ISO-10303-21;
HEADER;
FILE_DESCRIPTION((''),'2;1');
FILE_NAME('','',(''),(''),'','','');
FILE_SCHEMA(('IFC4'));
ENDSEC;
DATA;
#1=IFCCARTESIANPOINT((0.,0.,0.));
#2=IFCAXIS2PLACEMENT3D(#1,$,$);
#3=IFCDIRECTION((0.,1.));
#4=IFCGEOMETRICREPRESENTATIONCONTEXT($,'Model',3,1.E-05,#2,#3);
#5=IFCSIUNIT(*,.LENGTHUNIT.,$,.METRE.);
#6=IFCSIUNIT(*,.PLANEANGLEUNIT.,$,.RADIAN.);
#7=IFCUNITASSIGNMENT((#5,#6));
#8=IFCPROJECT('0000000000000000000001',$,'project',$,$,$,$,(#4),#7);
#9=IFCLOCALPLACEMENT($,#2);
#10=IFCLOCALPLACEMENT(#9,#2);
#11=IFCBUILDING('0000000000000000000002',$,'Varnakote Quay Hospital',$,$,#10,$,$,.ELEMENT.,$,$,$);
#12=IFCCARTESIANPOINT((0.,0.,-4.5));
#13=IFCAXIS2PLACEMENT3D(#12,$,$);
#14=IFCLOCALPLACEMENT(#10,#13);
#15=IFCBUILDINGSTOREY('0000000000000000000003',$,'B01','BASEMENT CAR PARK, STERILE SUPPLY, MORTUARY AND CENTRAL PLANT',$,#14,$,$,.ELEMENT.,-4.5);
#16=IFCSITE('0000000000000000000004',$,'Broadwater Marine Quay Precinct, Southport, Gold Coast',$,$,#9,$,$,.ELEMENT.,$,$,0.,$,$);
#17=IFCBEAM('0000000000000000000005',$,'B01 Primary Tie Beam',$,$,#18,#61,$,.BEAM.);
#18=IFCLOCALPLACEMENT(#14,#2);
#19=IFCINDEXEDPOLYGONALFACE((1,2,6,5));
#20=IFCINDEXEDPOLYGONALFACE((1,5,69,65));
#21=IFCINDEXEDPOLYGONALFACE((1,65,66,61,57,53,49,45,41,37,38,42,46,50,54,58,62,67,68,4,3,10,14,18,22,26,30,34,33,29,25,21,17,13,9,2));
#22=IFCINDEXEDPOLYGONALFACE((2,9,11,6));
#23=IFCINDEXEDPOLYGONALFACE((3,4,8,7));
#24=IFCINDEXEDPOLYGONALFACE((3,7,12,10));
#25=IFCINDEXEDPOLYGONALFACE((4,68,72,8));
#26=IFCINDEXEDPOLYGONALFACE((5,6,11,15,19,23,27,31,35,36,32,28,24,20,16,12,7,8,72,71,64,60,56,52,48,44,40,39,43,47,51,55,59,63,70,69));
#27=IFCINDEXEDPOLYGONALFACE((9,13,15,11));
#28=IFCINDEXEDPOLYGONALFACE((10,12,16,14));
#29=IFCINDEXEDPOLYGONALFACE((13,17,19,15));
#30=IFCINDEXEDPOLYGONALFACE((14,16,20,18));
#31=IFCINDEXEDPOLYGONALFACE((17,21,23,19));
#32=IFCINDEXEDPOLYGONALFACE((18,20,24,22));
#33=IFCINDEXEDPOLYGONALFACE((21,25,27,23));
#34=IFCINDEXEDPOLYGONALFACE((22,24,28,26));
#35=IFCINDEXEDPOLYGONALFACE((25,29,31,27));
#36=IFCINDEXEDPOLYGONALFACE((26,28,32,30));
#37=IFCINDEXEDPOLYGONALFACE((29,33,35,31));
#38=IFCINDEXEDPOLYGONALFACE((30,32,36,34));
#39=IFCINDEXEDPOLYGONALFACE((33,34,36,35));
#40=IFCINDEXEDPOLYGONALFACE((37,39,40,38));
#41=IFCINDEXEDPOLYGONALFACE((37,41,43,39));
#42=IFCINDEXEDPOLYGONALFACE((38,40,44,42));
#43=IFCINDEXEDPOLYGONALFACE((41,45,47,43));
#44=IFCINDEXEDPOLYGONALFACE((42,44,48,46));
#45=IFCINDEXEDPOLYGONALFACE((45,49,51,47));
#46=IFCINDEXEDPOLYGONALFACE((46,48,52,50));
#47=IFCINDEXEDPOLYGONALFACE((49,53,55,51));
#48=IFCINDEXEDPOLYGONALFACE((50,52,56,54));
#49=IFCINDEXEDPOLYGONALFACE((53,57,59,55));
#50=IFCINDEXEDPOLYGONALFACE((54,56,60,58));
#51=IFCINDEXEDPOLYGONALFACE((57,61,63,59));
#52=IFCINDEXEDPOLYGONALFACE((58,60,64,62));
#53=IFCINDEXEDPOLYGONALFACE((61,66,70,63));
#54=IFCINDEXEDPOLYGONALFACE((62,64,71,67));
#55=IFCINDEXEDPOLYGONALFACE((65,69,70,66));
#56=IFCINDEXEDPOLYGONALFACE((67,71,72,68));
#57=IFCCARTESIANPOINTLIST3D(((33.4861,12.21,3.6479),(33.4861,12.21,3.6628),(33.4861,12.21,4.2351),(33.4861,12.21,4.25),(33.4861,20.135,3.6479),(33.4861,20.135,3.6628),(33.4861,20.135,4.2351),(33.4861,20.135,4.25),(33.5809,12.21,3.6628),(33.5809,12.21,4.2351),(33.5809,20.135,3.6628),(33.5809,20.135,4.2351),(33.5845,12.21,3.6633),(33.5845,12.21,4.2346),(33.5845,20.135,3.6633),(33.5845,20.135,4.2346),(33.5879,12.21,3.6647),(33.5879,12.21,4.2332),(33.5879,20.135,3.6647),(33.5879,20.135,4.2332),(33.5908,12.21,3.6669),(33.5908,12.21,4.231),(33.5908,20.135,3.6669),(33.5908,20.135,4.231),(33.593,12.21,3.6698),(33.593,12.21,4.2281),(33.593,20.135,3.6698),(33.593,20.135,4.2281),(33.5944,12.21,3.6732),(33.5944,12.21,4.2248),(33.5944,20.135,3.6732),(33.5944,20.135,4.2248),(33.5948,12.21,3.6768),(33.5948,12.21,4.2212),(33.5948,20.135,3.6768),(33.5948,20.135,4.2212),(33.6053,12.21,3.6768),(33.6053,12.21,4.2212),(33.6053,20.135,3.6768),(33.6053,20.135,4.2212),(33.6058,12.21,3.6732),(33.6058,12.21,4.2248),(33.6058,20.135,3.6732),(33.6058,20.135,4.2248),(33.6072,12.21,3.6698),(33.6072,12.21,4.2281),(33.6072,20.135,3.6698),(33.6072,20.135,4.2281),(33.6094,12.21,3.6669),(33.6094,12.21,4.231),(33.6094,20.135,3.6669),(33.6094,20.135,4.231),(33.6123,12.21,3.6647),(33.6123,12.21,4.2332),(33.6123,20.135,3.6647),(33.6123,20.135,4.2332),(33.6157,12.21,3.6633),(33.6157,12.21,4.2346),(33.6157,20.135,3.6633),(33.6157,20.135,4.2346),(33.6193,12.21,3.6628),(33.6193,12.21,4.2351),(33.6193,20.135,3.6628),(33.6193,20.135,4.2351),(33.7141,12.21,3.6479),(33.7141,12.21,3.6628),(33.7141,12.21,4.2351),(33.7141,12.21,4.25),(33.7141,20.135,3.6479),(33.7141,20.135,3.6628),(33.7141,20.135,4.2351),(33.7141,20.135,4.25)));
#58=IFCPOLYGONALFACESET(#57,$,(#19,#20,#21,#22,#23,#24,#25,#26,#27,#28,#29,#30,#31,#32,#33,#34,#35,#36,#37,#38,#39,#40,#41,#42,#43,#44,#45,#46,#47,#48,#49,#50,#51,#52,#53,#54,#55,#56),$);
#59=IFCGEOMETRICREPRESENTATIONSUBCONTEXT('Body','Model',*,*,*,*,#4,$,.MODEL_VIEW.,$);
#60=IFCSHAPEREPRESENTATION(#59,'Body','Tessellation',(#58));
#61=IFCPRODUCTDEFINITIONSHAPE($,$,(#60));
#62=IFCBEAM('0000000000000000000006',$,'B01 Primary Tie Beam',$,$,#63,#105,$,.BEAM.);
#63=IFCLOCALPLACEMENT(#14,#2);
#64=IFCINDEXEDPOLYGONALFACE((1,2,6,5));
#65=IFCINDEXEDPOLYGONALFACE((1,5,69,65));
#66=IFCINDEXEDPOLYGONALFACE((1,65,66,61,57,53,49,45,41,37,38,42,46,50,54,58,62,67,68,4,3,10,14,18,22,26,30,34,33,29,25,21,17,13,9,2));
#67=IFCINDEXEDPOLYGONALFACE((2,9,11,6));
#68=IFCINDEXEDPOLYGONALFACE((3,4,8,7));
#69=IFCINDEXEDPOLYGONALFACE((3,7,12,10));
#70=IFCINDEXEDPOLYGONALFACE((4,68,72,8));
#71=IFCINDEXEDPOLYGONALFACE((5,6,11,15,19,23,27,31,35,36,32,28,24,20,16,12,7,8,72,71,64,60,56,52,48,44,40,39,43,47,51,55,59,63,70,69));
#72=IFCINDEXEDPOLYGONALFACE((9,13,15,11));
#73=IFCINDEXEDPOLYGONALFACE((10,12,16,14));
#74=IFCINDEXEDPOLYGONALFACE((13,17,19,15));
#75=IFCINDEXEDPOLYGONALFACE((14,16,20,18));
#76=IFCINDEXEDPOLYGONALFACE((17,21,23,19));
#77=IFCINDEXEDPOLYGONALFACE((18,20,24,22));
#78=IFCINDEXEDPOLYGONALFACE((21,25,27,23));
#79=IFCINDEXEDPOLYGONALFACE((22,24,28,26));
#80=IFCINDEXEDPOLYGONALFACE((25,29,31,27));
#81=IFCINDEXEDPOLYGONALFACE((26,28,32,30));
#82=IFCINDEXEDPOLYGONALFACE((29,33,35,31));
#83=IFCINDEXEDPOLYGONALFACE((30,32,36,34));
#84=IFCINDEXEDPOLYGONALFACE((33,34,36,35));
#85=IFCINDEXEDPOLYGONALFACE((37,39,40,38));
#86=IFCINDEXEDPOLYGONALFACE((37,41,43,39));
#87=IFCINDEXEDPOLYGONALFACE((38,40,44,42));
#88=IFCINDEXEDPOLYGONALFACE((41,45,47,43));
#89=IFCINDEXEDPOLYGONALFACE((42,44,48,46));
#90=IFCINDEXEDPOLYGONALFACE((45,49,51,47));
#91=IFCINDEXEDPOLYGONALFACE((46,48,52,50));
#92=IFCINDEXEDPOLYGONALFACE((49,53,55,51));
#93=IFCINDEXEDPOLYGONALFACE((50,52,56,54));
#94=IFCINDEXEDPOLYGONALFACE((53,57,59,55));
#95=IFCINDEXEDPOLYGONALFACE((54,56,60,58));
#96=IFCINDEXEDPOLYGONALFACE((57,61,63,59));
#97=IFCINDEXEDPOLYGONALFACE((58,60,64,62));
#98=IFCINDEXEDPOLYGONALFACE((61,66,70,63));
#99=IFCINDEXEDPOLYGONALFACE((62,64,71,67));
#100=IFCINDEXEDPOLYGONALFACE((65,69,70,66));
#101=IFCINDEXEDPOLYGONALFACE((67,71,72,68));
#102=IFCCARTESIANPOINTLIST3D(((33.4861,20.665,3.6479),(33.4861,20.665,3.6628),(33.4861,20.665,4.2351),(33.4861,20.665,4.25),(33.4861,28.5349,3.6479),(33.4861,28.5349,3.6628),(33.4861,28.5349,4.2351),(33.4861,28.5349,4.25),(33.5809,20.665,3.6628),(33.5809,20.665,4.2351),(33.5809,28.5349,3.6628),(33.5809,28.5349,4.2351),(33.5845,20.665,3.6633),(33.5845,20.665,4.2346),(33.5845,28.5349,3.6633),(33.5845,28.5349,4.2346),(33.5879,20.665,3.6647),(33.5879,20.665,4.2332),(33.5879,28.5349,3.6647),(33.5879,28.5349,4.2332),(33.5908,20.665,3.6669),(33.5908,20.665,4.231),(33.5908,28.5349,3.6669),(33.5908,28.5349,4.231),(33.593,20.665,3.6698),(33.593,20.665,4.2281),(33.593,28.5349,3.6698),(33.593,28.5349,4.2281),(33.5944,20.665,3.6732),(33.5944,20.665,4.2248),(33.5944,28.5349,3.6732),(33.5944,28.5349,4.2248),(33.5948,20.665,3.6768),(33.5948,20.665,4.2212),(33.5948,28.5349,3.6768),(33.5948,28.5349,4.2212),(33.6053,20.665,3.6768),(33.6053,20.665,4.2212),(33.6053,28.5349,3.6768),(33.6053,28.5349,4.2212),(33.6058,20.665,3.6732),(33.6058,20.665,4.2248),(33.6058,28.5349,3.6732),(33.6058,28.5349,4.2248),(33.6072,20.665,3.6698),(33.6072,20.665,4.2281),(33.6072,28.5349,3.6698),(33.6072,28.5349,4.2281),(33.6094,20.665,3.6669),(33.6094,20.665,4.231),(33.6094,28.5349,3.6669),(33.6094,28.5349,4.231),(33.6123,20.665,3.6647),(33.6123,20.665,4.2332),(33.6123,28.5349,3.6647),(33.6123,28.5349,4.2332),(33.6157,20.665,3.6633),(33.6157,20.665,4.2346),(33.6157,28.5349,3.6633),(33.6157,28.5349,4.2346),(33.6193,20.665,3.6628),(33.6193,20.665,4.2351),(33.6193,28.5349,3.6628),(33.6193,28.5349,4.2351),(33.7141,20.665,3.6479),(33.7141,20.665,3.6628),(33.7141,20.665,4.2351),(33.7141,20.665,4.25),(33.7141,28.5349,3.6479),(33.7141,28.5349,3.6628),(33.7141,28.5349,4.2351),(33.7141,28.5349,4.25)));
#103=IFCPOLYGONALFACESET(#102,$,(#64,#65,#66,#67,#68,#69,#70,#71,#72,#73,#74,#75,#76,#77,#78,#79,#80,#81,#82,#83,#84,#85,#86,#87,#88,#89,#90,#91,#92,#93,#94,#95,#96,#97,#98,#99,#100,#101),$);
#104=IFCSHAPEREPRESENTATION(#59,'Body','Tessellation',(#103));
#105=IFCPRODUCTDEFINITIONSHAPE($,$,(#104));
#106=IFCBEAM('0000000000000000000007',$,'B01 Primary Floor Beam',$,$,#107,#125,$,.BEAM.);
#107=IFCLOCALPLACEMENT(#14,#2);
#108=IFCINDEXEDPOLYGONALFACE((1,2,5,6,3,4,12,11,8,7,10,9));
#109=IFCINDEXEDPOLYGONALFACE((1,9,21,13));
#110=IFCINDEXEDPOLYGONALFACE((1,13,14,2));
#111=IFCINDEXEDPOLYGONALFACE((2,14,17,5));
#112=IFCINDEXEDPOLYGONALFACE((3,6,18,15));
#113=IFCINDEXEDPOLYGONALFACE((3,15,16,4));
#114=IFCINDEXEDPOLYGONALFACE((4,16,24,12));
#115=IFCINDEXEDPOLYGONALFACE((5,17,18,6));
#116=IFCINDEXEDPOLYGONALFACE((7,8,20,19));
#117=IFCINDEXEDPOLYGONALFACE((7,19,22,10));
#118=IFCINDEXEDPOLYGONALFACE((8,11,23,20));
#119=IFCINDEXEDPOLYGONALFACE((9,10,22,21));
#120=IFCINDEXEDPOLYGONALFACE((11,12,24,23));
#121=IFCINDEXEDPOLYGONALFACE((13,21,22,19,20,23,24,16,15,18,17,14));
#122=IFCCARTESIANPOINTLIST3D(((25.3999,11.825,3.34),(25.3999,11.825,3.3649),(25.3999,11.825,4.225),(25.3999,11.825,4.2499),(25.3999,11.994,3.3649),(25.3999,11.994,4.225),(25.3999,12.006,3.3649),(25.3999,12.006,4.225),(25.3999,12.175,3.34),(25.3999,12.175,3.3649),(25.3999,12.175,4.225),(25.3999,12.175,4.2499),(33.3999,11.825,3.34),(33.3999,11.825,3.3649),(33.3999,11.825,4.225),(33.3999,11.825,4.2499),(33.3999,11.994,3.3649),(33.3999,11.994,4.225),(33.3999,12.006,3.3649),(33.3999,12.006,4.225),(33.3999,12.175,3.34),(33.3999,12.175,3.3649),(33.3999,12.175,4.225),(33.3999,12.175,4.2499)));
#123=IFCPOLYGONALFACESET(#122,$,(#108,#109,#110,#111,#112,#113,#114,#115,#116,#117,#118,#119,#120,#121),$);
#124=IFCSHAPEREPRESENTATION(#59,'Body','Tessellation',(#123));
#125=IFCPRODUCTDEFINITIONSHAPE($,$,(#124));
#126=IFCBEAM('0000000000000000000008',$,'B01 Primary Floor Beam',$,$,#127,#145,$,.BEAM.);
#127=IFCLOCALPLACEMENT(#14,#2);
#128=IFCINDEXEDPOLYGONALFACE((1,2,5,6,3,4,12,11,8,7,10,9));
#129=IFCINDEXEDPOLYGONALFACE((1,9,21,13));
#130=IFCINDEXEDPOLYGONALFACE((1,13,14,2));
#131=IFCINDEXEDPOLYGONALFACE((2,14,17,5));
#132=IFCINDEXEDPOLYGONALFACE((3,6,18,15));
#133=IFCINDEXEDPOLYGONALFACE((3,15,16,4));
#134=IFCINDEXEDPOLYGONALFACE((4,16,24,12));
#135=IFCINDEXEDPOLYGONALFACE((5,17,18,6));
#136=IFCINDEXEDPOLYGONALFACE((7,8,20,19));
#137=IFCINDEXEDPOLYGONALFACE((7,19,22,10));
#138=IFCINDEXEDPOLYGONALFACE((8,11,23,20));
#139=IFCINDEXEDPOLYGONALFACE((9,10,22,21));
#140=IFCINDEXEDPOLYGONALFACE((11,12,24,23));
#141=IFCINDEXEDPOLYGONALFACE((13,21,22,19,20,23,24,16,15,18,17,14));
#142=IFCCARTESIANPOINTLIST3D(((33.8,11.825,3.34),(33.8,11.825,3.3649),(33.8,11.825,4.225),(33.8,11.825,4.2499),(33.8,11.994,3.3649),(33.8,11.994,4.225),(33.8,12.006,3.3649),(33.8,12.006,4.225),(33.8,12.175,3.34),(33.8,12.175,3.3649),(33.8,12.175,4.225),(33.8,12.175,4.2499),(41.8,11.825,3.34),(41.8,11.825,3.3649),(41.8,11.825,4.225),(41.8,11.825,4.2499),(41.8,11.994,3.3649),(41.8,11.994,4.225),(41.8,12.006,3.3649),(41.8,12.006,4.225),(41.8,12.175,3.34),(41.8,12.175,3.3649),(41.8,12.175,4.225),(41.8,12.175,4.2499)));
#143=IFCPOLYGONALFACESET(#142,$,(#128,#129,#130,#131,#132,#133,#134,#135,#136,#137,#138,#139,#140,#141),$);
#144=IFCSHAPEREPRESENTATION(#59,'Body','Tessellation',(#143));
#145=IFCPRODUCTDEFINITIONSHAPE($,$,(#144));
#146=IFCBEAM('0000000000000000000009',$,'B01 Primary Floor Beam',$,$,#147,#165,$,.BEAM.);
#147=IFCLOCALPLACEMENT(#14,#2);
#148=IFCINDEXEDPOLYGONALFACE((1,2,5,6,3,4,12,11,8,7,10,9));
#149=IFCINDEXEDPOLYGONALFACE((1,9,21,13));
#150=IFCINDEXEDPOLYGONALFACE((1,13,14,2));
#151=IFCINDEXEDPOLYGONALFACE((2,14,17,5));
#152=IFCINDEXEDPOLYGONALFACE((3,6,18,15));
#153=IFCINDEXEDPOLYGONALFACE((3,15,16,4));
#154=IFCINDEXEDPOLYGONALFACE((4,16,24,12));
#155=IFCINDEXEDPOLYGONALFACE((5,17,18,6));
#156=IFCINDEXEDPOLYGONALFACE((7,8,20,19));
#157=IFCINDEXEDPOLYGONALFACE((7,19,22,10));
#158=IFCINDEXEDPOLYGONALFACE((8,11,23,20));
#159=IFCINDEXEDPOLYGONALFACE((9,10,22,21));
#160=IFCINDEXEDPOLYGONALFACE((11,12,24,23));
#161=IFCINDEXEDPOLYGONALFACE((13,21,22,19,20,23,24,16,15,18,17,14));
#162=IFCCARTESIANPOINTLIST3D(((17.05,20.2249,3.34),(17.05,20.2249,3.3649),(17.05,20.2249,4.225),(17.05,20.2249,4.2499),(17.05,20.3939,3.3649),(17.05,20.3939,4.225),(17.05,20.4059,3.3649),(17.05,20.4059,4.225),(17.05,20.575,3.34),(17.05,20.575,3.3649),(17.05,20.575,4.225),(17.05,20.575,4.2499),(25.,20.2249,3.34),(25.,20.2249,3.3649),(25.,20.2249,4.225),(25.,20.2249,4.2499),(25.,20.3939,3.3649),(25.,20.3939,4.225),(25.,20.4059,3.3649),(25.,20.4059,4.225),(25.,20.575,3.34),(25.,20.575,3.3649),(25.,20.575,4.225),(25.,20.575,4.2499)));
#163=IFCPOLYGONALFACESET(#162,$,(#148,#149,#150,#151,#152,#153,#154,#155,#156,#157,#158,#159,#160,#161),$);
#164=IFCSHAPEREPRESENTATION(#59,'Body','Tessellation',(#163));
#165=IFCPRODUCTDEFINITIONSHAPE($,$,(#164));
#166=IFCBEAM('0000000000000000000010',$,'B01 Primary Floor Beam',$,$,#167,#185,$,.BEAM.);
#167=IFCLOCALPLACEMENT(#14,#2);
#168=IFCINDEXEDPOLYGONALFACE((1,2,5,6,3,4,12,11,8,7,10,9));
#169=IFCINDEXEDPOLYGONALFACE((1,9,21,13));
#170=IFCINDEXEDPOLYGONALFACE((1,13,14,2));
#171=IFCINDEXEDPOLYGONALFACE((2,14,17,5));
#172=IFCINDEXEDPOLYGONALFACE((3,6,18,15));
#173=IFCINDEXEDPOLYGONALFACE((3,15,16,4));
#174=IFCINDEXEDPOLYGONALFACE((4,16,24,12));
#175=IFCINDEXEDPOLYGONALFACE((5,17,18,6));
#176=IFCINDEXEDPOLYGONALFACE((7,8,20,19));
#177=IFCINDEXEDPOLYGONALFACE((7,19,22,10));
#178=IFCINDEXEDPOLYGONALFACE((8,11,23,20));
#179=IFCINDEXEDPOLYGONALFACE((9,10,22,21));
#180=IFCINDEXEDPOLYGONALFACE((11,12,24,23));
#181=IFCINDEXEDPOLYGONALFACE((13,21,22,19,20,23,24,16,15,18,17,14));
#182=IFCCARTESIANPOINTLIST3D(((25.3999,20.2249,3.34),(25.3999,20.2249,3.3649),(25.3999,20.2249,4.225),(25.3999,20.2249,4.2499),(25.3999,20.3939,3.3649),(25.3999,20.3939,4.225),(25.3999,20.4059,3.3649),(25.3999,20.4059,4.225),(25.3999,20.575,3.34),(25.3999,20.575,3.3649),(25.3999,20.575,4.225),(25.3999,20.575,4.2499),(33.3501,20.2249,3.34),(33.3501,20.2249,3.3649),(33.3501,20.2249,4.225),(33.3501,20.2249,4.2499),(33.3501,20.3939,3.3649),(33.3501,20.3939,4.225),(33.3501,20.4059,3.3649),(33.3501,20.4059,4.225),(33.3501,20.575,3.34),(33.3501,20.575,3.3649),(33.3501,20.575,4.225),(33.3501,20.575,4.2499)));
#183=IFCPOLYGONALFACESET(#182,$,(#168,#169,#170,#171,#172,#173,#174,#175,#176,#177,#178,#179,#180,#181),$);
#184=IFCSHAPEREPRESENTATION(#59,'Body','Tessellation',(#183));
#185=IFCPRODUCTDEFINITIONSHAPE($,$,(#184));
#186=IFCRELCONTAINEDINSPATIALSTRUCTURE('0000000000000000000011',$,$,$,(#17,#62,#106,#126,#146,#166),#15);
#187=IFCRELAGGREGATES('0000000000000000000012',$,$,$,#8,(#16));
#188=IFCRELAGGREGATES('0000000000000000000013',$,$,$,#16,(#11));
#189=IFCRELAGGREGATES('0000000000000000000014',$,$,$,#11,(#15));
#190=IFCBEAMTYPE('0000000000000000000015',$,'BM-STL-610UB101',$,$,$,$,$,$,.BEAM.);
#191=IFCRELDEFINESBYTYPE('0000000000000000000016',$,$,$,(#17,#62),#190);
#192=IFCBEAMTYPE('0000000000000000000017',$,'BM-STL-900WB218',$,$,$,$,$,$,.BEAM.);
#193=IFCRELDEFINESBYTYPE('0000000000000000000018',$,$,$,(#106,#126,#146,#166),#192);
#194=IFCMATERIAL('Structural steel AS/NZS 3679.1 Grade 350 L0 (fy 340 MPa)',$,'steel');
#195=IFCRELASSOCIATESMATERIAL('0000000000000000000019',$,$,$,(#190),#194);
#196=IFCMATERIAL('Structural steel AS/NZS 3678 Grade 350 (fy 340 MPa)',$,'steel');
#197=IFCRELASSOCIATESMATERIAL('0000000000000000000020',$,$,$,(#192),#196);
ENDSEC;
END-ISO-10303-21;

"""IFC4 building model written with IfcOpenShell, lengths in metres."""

from ifc_helpers import new_model, si_unit, direction, frame, origin, origin_2d, place, context, subcontext, project, spatial, i_section, extrude, material, material_profile, profile_set, type_object, element, save


model = new_model("IFC4")

# Units and contexts
model_context = context("Model", 3, precision=1e-05, world=origin(), true_north=direction((0.0, 1.0)))
body_context = subcontext(model_context, "Body", "Model", "MODEL_VIEW")
ifc_project = project(units=[si_unit("LENGTHUNIT", "METRE"), si_unit("PLANEANGLEUNIT", "RADIAN")], contexts=[model_context])

# Site, building, storey
site_placement = place(None, origin())
site = spatial("IfcSite", under=ifc_project, at=site_placement, Name="Broadwater Marine Quay Precinct, Southport, Gold Coast", CompositionType="ELEMENT", RefElevation=0.0)
building_placement = place(site_placement, origin())
building = spatial("IfcBuilding", under=site, at=building_placement, Name="Varnakote Quay Hospital", CompositionType="ELEMENT")
storey_placement = place(building_placement, frame((0.0, 0.0, -4.5)))
storey = spatial("IfcBuildingStorey", under=building, at=storey_placement, Name="B01", Description="BASEMENT CAR PARK, STERILE SUPPLY, MORTUARY AND CENTRAL PLANT", CompositionType="ELEMENT", Elevation=-4.5)

# Beams
ifc_material_1 = material(Name="Structural steel AS/NZS 3679.1 Grade 350 L0 (fy 340 MPa)", Category="steel")
ifc_material_profile_1 = material_profile(ifc_material_1, i_section(OverallWidth=0.228, OverallDepth=0.6021, WebThickness=0.0105, FlangeThickness=0.0149, FilletRadius=0.0139, at=origin_2d()), Name="610UB101")
ifc_profile_set_1 = profile_set([ifc_material_profile_1], Name="Structural steel AS/NZS 3679.1 Grade 350 L0 (fy 340 MPa)")
beam_type_1 = type_object("IfcBeamType", Name="BM-STL-610UB101", PredefinedType="BEAM", material=ifc_profile_set_1)
beam_1_placement = place(storey_placement, frame((33.6001, 12.21, 3.949), z_axis=(0.0, 1.0, 0.0), x_axis=(-1.0, 0.0, 0.0)))
element("IfcBeam", 1, at=beam_1_placement, inside=storey, type_object=beam_type_1, Name="B01 Primary Tie Beam", PredefinedType="BEAM", context=body_context, shape_type="SweptSolid", body=[
    extrude(i_section(OverallWidth=0.228, OverallDepth=0.6021, WebThickness=0.0105, FlangeThickness=0.0149, FilletRadius=0.0139, at=origin_2d()), origin(), (0.0, 0.0, 1.0), 7.925),
])
beam_2_placement = place(storey_placement, frame((33.6001, 20.665, 3.949), z_axis=(0.0, 1.0, 0.0), x_axis=(-1.0, 0.0, 0.0)))
element("IfcBeam", 2, at=beam_2_placement, inside=storey, type_object=beam_type_1, Name="B01 Primary Tie Beam", PredefinedType="BEAM", context=body_context, shape_type="SweptSolid", body=[
    extrude(i_section(OverallWidth=0.228, OverallDepth=0.6021, WebThickness=0.0105, FlangeThickness=0.0149, FilletRadius=0.0139, at=origin_2d()), origin(), (0.0, 0.0, 1.0), 7.8699),
])
ifc_material_2 = material(Name="Structural steel AS/NZS 3678 Grade 350 (fy 340 MPa)", Category="steel")
ifc_material_profile_2 = material_profile(ifc_material_2, i_section(OverallWidth=0.3501, OverallDepth=0.9099, WebThickness=0.012, FlangeThickness=0.0249, at=origin_2d()), Name="900WB218")
ifc_profile_set_2 = profile_set([ifc_material_profile_2], Name="Structural steel AS/NZS 3678 Grade 350 (fy 340 MPa)")
beam_type_2 = type_object("IfcBeamType", Name="BM-STL-900WB218", PredefinedType="BEAM", material=ifc_profile_set_2)
for number, where, z_axis, x_axis, name in (
    (3, (25.3999, 12.0, 3.7949), (1.0, 0.0, 0.0), (0.0, 1.0, 0.0), "B01 Primary Floor Beam"),
    (4, (33.8, 12.0, 3.7949), (1.0, 0.0, 0.0), (0.0, 1.0, 0.0), "B01 Primary Floor Beam"),
):
    element("IfcBeam", number, at=place(storey_placement, frame(where, z_axis=z_axis, x_axis=x_axis)), inside=storey, type_object=beam_type_2, Name=name, PredefinedType="BEAM", context=body_context, shape_type="SweptSolid", body=[
        extrude(i_section(OverallWidth=0.3501, OverallDepth=0.9099, WebThickness=0.012, FlangeThickness=0.0249, at=origin_2d()), origin(), (0.0, 0.0, 1.0), 8.0),
    ])
beam_3_placement = place(storey_placement, frame((17.05, 20.3999, 3.7949), z_axis=(1.0, 0.0, 0.0), x_axis=(0.0, 1.0, 0.0)))
element("IfcBeam", 5, at=beam_3_placement, inside=storey, type_object=beam_type_2, Name="B01 Primary Floor Beam", PredefinedType="BEAM", context=body_context, shape_type="SweptSolid", body=[
    extrude(i_section(OverallWidth=0.3501, OverallDepth=0.9099, WebThickness=0.012, FlangeThickness=0.0249, at=origin_2d()), origin(), (0.0, 0.0, 1.0), 7.95),
])
beam_4_placement = place(storey_placement, frame((25.3999, 20.3999, 3.7949), z_axis=(1.0, 0.0, 0.0), x_axis=(0.0, 1.0, 0.0)))
element("IfcBeam", 6, at=beam_4_placement, inside=storey, type_object=beam_type_2, Name="B01 Primary Floor Beam", PredefinedType="BEAM", context=body_context, shape_type="SweptSolid", body=[
    extrude(i_section(OverallWidth=0.3501, OverallDepth=0.9099, WebThickness=0.012, FlangeThickness=0.0249, at=origin_2d()), origin(), (0.0, 0.0, 1.0), 7.9502),
])

save(model, "model.ifc")
